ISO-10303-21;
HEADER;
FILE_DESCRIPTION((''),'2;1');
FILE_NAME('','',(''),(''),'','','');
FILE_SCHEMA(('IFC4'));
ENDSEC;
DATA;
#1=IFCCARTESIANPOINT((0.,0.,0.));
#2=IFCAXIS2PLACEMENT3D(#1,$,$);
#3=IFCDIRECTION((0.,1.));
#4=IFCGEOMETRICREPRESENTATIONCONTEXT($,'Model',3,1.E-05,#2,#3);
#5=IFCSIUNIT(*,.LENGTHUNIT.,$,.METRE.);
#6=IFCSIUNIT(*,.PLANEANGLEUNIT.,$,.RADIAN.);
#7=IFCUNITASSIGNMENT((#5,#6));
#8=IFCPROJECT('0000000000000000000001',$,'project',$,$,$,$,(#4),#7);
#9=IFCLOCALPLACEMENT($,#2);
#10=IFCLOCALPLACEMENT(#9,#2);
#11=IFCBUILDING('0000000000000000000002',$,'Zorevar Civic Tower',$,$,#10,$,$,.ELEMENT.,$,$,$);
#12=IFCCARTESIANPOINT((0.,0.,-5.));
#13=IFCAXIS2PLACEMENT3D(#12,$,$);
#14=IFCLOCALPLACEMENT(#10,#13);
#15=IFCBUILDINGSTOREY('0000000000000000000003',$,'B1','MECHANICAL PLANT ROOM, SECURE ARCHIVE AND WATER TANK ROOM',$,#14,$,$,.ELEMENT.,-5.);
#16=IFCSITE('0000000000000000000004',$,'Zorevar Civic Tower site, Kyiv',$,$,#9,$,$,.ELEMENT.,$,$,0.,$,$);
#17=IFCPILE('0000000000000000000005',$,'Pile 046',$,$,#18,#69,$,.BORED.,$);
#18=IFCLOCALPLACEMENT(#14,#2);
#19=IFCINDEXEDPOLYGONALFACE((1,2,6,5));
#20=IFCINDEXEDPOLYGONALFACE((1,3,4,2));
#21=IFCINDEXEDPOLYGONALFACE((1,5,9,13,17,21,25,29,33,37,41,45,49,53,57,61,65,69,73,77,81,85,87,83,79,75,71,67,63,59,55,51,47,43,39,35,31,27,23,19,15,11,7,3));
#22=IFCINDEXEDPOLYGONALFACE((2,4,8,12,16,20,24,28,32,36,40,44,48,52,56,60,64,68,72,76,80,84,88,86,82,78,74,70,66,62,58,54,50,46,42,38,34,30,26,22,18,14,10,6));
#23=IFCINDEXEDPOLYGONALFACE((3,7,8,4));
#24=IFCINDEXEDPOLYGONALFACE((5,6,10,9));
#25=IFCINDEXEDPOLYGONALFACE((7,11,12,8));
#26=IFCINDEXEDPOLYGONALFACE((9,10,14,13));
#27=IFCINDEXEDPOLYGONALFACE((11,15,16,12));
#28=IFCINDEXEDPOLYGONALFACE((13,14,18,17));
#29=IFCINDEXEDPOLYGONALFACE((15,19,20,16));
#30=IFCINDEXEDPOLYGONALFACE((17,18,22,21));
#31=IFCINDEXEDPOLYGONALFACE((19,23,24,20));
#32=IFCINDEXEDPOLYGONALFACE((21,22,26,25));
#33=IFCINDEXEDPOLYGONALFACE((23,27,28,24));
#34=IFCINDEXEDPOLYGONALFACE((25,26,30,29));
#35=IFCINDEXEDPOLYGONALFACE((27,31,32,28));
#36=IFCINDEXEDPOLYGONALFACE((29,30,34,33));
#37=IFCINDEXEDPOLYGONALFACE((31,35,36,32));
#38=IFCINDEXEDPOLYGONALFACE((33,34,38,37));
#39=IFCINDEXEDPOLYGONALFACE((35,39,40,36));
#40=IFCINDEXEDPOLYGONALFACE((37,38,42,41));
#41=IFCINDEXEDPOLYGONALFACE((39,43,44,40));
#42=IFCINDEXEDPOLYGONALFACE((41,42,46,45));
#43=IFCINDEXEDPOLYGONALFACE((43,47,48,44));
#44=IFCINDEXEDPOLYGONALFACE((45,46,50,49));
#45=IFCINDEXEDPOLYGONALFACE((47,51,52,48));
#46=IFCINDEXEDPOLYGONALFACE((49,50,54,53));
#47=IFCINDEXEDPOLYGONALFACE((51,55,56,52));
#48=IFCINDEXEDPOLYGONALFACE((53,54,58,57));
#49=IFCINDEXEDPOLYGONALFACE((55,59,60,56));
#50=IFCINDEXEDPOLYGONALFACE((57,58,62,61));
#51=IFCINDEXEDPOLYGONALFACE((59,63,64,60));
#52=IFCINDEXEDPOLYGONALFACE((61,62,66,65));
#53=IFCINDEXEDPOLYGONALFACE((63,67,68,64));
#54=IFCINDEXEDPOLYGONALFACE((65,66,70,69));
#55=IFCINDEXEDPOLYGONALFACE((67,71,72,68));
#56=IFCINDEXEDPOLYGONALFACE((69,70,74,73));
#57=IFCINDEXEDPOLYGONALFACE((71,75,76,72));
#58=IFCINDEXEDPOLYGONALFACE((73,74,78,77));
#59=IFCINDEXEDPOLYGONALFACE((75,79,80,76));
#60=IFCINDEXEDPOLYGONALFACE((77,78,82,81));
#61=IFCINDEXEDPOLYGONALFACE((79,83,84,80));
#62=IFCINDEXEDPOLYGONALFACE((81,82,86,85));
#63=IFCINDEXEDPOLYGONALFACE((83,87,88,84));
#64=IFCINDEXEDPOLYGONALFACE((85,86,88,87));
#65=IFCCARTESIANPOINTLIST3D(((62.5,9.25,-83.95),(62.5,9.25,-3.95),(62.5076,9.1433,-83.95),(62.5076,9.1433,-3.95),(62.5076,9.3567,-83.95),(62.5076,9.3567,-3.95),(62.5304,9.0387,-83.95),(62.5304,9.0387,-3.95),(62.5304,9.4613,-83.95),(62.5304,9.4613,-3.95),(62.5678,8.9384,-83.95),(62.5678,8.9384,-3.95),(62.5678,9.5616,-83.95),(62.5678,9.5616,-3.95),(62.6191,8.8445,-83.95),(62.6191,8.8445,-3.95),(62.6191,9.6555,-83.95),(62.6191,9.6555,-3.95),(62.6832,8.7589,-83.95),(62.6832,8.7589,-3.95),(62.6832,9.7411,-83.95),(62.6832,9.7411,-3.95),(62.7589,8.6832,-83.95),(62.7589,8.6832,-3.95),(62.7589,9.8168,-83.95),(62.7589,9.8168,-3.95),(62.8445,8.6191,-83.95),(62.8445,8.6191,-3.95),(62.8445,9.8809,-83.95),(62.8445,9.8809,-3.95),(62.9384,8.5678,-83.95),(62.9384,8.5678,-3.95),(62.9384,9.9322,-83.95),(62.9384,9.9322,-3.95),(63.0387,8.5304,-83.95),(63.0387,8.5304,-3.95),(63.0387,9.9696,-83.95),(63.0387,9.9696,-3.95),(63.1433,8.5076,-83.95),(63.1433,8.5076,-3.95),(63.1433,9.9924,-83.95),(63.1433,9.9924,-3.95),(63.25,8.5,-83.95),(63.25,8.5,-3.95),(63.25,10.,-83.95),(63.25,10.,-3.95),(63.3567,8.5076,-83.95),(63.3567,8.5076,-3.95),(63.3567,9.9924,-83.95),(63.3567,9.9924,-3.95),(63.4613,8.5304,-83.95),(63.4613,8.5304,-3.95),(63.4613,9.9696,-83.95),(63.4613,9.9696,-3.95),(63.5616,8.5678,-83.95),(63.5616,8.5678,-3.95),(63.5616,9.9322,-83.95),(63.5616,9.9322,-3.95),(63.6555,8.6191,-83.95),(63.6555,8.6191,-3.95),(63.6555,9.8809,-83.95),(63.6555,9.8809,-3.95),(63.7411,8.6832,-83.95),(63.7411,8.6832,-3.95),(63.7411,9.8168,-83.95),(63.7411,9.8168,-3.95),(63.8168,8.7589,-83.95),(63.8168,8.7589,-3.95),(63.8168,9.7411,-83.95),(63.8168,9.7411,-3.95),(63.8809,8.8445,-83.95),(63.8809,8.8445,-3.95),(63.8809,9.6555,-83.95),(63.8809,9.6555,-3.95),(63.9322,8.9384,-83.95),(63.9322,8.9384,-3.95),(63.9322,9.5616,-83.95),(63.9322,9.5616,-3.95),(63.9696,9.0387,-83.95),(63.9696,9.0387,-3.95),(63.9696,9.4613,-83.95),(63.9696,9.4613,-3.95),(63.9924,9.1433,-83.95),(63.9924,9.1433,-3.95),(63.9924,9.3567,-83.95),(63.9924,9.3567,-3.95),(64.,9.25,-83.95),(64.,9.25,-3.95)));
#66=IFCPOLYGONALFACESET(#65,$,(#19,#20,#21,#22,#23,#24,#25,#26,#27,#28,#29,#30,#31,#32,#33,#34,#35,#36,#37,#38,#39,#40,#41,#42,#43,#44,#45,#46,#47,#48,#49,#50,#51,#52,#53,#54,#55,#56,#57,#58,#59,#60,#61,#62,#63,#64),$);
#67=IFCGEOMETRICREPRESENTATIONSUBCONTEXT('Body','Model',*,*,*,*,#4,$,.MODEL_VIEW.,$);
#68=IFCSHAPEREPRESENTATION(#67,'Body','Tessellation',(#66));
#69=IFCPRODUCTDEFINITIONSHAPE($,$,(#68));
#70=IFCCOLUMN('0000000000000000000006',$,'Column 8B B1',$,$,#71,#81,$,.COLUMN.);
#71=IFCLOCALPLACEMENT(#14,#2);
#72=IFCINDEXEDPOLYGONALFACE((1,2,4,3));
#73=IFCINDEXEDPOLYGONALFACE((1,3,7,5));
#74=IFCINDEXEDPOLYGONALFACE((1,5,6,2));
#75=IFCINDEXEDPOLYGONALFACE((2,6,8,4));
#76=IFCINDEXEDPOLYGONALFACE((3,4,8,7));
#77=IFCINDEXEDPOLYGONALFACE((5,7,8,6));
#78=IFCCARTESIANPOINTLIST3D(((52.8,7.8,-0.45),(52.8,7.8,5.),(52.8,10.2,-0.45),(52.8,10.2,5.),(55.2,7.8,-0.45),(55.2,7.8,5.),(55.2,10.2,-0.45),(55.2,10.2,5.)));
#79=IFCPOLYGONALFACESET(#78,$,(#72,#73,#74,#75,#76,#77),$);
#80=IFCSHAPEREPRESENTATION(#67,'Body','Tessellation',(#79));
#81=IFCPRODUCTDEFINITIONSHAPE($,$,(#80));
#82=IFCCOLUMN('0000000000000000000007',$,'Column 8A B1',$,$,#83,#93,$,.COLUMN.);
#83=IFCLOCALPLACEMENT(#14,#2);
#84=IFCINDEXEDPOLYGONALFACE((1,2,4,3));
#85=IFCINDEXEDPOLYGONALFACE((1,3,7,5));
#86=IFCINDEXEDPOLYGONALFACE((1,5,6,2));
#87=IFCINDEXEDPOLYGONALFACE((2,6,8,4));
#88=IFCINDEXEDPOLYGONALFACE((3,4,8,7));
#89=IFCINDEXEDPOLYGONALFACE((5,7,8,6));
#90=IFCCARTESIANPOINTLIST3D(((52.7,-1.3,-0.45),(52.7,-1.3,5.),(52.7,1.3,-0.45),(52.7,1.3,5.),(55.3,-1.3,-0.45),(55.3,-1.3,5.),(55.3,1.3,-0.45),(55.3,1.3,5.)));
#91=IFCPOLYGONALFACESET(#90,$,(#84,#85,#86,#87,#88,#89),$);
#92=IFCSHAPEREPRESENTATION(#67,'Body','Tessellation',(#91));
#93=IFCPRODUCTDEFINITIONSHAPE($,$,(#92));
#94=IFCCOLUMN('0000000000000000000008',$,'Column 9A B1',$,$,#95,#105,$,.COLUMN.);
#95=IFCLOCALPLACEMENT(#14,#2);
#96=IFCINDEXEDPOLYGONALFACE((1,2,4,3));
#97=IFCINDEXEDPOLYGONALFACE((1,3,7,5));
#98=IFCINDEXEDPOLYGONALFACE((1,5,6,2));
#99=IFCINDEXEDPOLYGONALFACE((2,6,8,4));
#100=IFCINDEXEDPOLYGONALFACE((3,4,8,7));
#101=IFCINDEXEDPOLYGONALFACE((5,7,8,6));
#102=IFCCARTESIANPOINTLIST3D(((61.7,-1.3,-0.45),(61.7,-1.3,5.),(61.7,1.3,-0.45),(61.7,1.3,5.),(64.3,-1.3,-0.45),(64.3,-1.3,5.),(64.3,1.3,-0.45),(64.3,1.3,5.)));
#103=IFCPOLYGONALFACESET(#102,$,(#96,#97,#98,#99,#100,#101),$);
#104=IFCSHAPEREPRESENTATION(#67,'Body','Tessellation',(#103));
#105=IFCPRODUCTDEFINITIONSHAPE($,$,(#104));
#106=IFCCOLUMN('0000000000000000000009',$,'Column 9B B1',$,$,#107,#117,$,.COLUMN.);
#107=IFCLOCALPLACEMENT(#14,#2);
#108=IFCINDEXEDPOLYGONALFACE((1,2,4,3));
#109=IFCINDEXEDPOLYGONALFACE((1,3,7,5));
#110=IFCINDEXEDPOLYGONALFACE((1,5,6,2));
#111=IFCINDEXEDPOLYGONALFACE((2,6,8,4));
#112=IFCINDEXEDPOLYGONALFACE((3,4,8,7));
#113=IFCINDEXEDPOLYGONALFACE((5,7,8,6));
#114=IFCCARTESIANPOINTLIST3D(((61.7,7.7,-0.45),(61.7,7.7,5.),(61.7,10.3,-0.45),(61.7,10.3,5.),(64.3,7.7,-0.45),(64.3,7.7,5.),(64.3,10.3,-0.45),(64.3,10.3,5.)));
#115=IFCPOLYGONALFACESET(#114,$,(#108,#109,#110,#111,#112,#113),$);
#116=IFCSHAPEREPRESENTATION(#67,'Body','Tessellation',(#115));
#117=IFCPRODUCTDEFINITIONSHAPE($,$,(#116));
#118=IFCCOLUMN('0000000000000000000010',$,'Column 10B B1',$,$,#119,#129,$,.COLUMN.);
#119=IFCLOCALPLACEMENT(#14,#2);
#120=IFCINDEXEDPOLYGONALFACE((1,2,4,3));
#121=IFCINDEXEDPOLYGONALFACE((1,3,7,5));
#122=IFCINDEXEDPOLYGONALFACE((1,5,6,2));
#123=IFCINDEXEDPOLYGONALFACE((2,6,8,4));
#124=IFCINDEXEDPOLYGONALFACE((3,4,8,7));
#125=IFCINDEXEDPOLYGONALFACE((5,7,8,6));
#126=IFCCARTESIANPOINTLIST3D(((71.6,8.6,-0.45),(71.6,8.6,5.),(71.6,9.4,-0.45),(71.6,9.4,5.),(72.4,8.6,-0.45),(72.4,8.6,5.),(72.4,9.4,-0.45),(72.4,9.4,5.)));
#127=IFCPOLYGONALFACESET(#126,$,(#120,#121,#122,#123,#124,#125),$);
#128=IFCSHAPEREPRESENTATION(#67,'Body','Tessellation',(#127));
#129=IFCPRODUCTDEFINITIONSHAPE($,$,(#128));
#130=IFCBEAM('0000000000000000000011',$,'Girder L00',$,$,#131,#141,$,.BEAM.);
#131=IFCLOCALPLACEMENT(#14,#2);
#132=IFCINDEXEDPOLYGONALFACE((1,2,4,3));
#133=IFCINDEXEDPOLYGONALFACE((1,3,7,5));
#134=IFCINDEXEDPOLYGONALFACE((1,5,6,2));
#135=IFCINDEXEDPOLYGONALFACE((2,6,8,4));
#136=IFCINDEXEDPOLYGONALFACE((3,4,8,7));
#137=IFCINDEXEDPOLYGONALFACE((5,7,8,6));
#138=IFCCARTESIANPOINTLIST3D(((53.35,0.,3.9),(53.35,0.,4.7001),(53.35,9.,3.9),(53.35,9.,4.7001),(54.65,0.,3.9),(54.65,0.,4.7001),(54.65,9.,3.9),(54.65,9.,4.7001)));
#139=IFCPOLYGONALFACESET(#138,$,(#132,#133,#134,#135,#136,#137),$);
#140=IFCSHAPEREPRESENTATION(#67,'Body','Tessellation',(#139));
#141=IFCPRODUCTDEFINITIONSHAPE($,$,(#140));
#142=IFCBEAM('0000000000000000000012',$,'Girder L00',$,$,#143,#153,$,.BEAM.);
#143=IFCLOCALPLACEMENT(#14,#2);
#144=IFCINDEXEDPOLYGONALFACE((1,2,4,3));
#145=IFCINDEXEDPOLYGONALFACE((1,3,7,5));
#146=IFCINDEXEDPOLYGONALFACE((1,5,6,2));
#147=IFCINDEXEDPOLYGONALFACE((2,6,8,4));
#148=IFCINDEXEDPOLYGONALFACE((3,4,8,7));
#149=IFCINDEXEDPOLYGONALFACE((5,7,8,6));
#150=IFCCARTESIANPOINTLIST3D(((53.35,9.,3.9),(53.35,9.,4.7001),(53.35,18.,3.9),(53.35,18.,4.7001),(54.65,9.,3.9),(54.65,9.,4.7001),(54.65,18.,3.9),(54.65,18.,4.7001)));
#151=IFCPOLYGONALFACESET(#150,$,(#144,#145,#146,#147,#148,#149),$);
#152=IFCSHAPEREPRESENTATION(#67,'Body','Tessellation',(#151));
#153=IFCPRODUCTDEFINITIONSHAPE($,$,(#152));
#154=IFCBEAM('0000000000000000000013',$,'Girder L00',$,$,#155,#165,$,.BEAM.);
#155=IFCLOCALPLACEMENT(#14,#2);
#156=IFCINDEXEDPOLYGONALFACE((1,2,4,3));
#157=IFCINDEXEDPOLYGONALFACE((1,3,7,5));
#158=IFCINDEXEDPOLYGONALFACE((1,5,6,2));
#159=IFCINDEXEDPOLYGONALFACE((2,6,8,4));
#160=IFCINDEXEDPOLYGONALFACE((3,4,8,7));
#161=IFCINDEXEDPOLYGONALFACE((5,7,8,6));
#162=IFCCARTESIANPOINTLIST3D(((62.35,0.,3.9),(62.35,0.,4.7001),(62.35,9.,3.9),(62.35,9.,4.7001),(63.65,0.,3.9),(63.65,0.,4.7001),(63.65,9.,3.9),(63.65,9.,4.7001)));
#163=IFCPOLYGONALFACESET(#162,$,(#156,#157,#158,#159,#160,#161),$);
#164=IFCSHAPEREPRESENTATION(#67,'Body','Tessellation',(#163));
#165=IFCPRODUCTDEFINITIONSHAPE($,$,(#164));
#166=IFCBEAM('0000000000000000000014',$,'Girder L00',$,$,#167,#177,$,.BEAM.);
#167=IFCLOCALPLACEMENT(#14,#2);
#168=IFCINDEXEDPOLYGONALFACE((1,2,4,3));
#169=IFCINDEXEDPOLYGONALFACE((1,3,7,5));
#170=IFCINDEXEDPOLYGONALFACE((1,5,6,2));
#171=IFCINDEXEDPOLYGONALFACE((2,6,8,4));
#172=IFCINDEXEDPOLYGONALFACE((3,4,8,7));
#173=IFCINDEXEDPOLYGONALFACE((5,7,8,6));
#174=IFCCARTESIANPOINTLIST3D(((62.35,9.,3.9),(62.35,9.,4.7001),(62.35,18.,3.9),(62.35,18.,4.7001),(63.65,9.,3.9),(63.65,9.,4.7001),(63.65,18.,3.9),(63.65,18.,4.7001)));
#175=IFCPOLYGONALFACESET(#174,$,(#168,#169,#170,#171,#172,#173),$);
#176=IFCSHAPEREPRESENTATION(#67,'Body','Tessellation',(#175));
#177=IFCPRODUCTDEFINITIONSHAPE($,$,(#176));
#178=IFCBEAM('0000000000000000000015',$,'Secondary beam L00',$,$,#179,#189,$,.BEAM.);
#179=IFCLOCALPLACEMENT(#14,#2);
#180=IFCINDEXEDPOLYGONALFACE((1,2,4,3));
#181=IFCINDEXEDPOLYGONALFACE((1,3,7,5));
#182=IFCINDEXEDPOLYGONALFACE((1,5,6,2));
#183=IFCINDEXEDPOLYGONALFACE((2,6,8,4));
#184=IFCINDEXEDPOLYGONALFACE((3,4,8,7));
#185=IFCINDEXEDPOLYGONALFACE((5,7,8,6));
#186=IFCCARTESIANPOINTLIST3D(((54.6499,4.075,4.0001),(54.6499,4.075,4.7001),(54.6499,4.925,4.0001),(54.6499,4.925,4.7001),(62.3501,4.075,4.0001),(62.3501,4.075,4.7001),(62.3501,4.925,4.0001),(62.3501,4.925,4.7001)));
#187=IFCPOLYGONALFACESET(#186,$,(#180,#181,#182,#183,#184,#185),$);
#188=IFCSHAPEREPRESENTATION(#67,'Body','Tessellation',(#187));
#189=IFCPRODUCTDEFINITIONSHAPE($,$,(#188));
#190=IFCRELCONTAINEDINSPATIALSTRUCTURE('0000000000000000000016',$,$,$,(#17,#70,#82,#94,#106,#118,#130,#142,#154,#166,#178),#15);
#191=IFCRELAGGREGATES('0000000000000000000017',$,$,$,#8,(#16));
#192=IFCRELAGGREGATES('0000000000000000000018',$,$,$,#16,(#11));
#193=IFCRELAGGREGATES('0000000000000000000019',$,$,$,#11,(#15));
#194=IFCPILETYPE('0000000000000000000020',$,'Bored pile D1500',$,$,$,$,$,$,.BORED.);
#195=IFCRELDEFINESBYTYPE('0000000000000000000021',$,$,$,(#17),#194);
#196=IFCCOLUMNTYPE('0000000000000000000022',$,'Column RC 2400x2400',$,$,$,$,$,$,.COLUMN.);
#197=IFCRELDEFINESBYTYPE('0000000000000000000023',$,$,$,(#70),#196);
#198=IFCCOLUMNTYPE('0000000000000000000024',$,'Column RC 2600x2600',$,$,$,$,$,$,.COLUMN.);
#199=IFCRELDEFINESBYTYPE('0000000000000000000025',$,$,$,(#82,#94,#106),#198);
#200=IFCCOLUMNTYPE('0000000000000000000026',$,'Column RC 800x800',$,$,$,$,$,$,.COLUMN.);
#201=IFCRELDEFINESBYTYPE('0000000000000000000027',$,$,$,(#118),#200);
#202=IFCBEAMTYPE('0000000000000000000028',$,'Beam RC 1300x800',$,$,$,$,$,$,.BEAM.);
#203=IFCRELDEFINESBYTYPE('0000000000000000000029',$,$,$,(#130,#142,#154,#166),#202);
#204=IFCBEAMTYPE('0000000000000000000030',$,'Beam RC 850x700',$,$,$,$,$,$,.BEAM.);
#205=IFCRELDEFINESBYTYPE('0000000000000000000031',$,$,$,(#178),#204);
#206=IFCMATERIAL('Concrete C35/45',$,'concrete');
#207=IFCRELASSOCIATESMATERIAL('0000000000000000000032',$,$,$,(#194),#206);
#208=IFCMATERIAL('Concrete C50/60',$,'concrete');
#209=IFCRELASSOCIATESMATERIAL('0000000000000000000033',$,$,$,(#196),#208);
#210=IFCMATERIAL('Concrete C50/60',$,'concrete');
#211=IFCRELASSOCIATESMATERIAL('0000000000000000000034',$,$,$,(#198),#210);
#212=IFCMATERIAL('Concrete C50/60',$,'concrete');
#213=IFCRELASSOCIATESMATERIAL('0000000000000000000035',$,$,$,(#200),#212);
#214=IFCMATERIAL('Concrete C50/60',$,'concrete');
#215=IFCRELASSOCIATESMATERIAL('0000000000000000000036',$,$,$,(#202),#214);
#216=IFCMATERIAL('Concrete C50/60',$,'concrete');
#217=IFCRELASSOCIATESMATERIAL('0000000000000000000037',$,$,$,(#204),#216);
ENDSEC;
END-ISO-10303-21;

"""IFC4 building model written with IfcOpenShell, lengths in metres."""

from ifc_helpers import new_model, si_unit, direction, frame, origin, origin_2d, place, context, subcontext, project, spatial, rectangle, circle, extrude, material, material_profile, profile_set, type_object, element, save


model = new_model("IFC4")

# Units and contexts
model_context = context("Model", 3, precision=1e-05, world=origin(), true_north=direction((0.0, 1.0)))
body_context = subcontext(model_context, "Body", "Model", "MODEL_VIEW")
ifc_project = project(units=[si_unit("LENGTHUNIT", "METRE"), si_unit("PLANEANGLEUNIT", "RADIAN")], contexts=[model_context])

# Site, building, storey
site_placement = place(None, origin())
site = spatial("IfcSite", under=ifc_project, at=site_placement, Name="Zorevar Civic Tower site, Kyiv", CompositionType="ELEMENT", RefElevation=0.0)
building_placement = place(site_placement, origin())
building = spatial("IfcBuilding", under=site, at=building_placement, Name="Zorevar Civic Tower", CompositionType="ELEMENT")
storey_placement = place(building_placement, frame((0.0, 0.0, -5.0)))
storey = spatial("IfcBuildingStorey", under=building, at=storey_placement, Name="B1", Description="MECHANICAL PLANT ROOM, SECURE ARCHIVE AND WATER TANK ROOM", CompositionType="ELEMENT", Elevation=-5.0)

# Pile
ifc_material_1 = material(Name="Concrete C35/45", Category="concrete")
pile_type_1 = type_object("IfcPileType", Name="Bored pile D1500", PredefinedType="BORED", material=ifc_material_1)
for number, where, z_axis, x_axis, name in (
    (1, (63.25, 9.25, -3.95), (0.0, 0.0, -1.0), (1.0, 0.0, 0.0), "Pile 046"),
):
    element("IfcPile", number, at=place(storey_placement, frame(where, z_axis=z_axis, x_axis=x_axis)), inside=storey, type_object=pile_type_1, Name=name, PredefinedType="BORED", context=body_context, shape_type="SweptSolid", body=[
        extrude(circle(Radius=0.75, at=origin_2d()), origin(), (0.0, 0.0, 1.0), 80.0),
    ])

# Columns
ifc_material_2 = material(Name="Concrete C50/60", Category="concrete")
ifc_material_profile_1 = material_profile(ifc_material_2, rectangle(XDim=2.3999, YDim=2.3999, at=origin_2d()), Name="RC 2400x2400")
ifc_profile_set_1 = profile_set([ifc_material_profile_1], Name="Concrete C50/60")
column_type_1 = type_object("IfcColumnType", Name="Column RC 2400x2400", PredefinedType="COLUMN", material=ifc_profile_set_1)
column_1_placement = place(storey_placement, frame((54.0, 9.0, -0.45), z_axis=(0.0, 0.0, 1.0), x_axis=(1.0, 0.0, 0.0)))
element("IfcColumn", 2, at=column_1_placement, inside=storey, type_object=column_type_1, Name="Column 8B B1", PredefinedType="COLUMN", context=body_context, shape_type="SweptSolid", body=[
    extrude(rectangle(XDim=2.3999, YDim=2.3999, at=origin_2d()), origin(), (0.0, 0.0, 1.0), 5.45),
])
ifc_material_3 = material(Name="Concrete C50/60", Category="concrete")
ifc_material_profile_2 = material_profile(ifc_material_3, rectangle(XDim=2.6001, YDim=2.6001, at=origin_2d()), Name="RC 2600x2600")
ifc_profile_set_2 = profile_set([ifc_material_profile_2], Name="Concrete C50/60")
column_type_2 = type_object("IfcColumnType", Name="Column RC 2600x2600", PredefinedType="COLUMN", material=ifc_profile_set_2)
for number, where, z_axis, x_axis, name in (
    (3, (54.0, 0.0, -0.45), (0.0, 0.0, 1.0), (1.0, 0.0, 0.0), "Column 8A B1"),
    (4, (63.0, 0.0, -0.45), (0.0, 0.0, 1.0), (1.0, 0.0, 0.0), "Column 9A B1"),
    (5, (63.0, 9.0, -0.45), (0.0, 0.0, 1.0), (1.0, 0.0, 0.0), "Column 9B B1"),
):
    element("IfcColumn", number, at=place(storey_placement, frame(where, z_axis=z_axis, x_axis=x_axis)), inside=storey, type_object=column_type_2, Name=name, PredefinedType="COLUMN", context=body_context, shape_type="SweptSolid", body=[
        extrude(rectangle(XDim=2.6001, YDim=2.6001, at=origin_2d()), origin(), (0.0, 0.0, 1.0), 5.45),
    ])
ifc_material_4 = material(Name="Concrete C50/60", Category="concrete")
ifc_material_profile_3 = material_profile(ifc_material_4, rectangle(XDim=0.8, YDim=0.8, at=origin_2d()), Name="RC 800x800")
ifc_profile_set_3 = profile_set([ifc_material_profile_3], Name="Concrete C50/60")
column_type_3 = type_object("IfcColumnType", Name="Column RC 800x800", PredefinedType="COLUMN", material=ifc_profile_set_3)
column_2_placement = place(storey_placement, frame((72.0, 9.0, -0.45), z_axis=(0.0, 0.0, 1.0), x_axis=(1.0, 0.0, 0.0)))
element("IfcColumn", 6, at=column_2_placement, inside=storey, type_object=column_type_3, Name="Column 10B B1", PredefinedType="COLUMN", context=body_context, shape_type="SweptSolid", body=[
    extrude(rectangle(XDim=0.8, YDim=0.8, at=origin_2d()), origin(), (0.0, 0.0, 1.0), 5.45),
])

# Beams
ifc_material_5 = material(Name="Concrete C50/60", Category="concrete")
ifc_material_profile_4 = material_profile(ifc_material_5, rectangle(XDim=1.3, YDim=0.8, at=origin_2d()), Name="RC 1300x800")
ifc_profile_set_4 = profile_set([ifc_material_profile_4], Name="Concrete C50/60")
beam_type_1 = type_object("IfcBeamType", Name="Beam RC 1300x800", PredefinedType="BEAM", material=ifc_profile_set_4)
for number, where, z_axis, x_axis, name in (
    (7, (54.0, 0.0, 4.3), (0.0, 1.0, 0.0), (-1.0, 0.0, 0.0), "Girder L00"),
    (8, (54.0, 9.0, 4.3), (0.0, 1.0, 0.0), (-1.0, 0.0, 0.0), "Girder L00"),
    (9, (63.0, 0.0, 4.3), (0.0, 1.0, 0.0), (-1.0, 0.0, 0.0), "Girder L00"),
    (10, (63.0, 9.0, 4.3), (0.0, 1.0, 0.0), (-1.0, 0.0, 0.0), "Girder L00"),
):
    element("IfcBeam", number, at=place(storey_placement, frame(where, z_axis=z_axis, x_axis=x_axis)), inside=storey, type_object=beam_type_1, Name=name, PredefinedType="BEAM", context=body_context, shape_type="SweptSolid", body=[
        extrude(rectangle(XDim=1.3, YDim=0.8, at=origin_2d()), origin(), (0.0, 0.0, 1.0), 9.0),
    ])
ifc_material_6 = material(Name="Concrete C50/60", Category="concrete")
ifc_material_profile_5 = material_profile(ifc_material_6, rectangle(XDim=0.8501, YDim=0.7, at=origin_2d()), Name="RC 850x700")
ifc_profile_set_5 = profile_set([ifc_material_profile_5], Name="Concrete C50/60")
beam_type_2 = type_object("IfcBeamType", Name="Beam RC 850x700", PredefinedType="BEAM", material=ifc_profile_set_5)
beam_placement = place(storey_placement, frame((54.6499, 4.5, 4.3501), z_axis=(1.0, 0.0, 0.0), x_axis=(0.0, 1.0, 0.0)))
element("IfcBeam", 11, at=beam_placement, inside=storey, type_object=beam_type_2, Name="Secondary beam L00", PredefinedType="BEAM", context=body_context, shape_type="SweptSolid", body=[
    extrude(rectangle(XDim=0.8501, YDim=0.7, at=origin_2d()), origin(), (0.0, 0.0, 1.0), 7.7002),
])

save(model, "model.ifc")
